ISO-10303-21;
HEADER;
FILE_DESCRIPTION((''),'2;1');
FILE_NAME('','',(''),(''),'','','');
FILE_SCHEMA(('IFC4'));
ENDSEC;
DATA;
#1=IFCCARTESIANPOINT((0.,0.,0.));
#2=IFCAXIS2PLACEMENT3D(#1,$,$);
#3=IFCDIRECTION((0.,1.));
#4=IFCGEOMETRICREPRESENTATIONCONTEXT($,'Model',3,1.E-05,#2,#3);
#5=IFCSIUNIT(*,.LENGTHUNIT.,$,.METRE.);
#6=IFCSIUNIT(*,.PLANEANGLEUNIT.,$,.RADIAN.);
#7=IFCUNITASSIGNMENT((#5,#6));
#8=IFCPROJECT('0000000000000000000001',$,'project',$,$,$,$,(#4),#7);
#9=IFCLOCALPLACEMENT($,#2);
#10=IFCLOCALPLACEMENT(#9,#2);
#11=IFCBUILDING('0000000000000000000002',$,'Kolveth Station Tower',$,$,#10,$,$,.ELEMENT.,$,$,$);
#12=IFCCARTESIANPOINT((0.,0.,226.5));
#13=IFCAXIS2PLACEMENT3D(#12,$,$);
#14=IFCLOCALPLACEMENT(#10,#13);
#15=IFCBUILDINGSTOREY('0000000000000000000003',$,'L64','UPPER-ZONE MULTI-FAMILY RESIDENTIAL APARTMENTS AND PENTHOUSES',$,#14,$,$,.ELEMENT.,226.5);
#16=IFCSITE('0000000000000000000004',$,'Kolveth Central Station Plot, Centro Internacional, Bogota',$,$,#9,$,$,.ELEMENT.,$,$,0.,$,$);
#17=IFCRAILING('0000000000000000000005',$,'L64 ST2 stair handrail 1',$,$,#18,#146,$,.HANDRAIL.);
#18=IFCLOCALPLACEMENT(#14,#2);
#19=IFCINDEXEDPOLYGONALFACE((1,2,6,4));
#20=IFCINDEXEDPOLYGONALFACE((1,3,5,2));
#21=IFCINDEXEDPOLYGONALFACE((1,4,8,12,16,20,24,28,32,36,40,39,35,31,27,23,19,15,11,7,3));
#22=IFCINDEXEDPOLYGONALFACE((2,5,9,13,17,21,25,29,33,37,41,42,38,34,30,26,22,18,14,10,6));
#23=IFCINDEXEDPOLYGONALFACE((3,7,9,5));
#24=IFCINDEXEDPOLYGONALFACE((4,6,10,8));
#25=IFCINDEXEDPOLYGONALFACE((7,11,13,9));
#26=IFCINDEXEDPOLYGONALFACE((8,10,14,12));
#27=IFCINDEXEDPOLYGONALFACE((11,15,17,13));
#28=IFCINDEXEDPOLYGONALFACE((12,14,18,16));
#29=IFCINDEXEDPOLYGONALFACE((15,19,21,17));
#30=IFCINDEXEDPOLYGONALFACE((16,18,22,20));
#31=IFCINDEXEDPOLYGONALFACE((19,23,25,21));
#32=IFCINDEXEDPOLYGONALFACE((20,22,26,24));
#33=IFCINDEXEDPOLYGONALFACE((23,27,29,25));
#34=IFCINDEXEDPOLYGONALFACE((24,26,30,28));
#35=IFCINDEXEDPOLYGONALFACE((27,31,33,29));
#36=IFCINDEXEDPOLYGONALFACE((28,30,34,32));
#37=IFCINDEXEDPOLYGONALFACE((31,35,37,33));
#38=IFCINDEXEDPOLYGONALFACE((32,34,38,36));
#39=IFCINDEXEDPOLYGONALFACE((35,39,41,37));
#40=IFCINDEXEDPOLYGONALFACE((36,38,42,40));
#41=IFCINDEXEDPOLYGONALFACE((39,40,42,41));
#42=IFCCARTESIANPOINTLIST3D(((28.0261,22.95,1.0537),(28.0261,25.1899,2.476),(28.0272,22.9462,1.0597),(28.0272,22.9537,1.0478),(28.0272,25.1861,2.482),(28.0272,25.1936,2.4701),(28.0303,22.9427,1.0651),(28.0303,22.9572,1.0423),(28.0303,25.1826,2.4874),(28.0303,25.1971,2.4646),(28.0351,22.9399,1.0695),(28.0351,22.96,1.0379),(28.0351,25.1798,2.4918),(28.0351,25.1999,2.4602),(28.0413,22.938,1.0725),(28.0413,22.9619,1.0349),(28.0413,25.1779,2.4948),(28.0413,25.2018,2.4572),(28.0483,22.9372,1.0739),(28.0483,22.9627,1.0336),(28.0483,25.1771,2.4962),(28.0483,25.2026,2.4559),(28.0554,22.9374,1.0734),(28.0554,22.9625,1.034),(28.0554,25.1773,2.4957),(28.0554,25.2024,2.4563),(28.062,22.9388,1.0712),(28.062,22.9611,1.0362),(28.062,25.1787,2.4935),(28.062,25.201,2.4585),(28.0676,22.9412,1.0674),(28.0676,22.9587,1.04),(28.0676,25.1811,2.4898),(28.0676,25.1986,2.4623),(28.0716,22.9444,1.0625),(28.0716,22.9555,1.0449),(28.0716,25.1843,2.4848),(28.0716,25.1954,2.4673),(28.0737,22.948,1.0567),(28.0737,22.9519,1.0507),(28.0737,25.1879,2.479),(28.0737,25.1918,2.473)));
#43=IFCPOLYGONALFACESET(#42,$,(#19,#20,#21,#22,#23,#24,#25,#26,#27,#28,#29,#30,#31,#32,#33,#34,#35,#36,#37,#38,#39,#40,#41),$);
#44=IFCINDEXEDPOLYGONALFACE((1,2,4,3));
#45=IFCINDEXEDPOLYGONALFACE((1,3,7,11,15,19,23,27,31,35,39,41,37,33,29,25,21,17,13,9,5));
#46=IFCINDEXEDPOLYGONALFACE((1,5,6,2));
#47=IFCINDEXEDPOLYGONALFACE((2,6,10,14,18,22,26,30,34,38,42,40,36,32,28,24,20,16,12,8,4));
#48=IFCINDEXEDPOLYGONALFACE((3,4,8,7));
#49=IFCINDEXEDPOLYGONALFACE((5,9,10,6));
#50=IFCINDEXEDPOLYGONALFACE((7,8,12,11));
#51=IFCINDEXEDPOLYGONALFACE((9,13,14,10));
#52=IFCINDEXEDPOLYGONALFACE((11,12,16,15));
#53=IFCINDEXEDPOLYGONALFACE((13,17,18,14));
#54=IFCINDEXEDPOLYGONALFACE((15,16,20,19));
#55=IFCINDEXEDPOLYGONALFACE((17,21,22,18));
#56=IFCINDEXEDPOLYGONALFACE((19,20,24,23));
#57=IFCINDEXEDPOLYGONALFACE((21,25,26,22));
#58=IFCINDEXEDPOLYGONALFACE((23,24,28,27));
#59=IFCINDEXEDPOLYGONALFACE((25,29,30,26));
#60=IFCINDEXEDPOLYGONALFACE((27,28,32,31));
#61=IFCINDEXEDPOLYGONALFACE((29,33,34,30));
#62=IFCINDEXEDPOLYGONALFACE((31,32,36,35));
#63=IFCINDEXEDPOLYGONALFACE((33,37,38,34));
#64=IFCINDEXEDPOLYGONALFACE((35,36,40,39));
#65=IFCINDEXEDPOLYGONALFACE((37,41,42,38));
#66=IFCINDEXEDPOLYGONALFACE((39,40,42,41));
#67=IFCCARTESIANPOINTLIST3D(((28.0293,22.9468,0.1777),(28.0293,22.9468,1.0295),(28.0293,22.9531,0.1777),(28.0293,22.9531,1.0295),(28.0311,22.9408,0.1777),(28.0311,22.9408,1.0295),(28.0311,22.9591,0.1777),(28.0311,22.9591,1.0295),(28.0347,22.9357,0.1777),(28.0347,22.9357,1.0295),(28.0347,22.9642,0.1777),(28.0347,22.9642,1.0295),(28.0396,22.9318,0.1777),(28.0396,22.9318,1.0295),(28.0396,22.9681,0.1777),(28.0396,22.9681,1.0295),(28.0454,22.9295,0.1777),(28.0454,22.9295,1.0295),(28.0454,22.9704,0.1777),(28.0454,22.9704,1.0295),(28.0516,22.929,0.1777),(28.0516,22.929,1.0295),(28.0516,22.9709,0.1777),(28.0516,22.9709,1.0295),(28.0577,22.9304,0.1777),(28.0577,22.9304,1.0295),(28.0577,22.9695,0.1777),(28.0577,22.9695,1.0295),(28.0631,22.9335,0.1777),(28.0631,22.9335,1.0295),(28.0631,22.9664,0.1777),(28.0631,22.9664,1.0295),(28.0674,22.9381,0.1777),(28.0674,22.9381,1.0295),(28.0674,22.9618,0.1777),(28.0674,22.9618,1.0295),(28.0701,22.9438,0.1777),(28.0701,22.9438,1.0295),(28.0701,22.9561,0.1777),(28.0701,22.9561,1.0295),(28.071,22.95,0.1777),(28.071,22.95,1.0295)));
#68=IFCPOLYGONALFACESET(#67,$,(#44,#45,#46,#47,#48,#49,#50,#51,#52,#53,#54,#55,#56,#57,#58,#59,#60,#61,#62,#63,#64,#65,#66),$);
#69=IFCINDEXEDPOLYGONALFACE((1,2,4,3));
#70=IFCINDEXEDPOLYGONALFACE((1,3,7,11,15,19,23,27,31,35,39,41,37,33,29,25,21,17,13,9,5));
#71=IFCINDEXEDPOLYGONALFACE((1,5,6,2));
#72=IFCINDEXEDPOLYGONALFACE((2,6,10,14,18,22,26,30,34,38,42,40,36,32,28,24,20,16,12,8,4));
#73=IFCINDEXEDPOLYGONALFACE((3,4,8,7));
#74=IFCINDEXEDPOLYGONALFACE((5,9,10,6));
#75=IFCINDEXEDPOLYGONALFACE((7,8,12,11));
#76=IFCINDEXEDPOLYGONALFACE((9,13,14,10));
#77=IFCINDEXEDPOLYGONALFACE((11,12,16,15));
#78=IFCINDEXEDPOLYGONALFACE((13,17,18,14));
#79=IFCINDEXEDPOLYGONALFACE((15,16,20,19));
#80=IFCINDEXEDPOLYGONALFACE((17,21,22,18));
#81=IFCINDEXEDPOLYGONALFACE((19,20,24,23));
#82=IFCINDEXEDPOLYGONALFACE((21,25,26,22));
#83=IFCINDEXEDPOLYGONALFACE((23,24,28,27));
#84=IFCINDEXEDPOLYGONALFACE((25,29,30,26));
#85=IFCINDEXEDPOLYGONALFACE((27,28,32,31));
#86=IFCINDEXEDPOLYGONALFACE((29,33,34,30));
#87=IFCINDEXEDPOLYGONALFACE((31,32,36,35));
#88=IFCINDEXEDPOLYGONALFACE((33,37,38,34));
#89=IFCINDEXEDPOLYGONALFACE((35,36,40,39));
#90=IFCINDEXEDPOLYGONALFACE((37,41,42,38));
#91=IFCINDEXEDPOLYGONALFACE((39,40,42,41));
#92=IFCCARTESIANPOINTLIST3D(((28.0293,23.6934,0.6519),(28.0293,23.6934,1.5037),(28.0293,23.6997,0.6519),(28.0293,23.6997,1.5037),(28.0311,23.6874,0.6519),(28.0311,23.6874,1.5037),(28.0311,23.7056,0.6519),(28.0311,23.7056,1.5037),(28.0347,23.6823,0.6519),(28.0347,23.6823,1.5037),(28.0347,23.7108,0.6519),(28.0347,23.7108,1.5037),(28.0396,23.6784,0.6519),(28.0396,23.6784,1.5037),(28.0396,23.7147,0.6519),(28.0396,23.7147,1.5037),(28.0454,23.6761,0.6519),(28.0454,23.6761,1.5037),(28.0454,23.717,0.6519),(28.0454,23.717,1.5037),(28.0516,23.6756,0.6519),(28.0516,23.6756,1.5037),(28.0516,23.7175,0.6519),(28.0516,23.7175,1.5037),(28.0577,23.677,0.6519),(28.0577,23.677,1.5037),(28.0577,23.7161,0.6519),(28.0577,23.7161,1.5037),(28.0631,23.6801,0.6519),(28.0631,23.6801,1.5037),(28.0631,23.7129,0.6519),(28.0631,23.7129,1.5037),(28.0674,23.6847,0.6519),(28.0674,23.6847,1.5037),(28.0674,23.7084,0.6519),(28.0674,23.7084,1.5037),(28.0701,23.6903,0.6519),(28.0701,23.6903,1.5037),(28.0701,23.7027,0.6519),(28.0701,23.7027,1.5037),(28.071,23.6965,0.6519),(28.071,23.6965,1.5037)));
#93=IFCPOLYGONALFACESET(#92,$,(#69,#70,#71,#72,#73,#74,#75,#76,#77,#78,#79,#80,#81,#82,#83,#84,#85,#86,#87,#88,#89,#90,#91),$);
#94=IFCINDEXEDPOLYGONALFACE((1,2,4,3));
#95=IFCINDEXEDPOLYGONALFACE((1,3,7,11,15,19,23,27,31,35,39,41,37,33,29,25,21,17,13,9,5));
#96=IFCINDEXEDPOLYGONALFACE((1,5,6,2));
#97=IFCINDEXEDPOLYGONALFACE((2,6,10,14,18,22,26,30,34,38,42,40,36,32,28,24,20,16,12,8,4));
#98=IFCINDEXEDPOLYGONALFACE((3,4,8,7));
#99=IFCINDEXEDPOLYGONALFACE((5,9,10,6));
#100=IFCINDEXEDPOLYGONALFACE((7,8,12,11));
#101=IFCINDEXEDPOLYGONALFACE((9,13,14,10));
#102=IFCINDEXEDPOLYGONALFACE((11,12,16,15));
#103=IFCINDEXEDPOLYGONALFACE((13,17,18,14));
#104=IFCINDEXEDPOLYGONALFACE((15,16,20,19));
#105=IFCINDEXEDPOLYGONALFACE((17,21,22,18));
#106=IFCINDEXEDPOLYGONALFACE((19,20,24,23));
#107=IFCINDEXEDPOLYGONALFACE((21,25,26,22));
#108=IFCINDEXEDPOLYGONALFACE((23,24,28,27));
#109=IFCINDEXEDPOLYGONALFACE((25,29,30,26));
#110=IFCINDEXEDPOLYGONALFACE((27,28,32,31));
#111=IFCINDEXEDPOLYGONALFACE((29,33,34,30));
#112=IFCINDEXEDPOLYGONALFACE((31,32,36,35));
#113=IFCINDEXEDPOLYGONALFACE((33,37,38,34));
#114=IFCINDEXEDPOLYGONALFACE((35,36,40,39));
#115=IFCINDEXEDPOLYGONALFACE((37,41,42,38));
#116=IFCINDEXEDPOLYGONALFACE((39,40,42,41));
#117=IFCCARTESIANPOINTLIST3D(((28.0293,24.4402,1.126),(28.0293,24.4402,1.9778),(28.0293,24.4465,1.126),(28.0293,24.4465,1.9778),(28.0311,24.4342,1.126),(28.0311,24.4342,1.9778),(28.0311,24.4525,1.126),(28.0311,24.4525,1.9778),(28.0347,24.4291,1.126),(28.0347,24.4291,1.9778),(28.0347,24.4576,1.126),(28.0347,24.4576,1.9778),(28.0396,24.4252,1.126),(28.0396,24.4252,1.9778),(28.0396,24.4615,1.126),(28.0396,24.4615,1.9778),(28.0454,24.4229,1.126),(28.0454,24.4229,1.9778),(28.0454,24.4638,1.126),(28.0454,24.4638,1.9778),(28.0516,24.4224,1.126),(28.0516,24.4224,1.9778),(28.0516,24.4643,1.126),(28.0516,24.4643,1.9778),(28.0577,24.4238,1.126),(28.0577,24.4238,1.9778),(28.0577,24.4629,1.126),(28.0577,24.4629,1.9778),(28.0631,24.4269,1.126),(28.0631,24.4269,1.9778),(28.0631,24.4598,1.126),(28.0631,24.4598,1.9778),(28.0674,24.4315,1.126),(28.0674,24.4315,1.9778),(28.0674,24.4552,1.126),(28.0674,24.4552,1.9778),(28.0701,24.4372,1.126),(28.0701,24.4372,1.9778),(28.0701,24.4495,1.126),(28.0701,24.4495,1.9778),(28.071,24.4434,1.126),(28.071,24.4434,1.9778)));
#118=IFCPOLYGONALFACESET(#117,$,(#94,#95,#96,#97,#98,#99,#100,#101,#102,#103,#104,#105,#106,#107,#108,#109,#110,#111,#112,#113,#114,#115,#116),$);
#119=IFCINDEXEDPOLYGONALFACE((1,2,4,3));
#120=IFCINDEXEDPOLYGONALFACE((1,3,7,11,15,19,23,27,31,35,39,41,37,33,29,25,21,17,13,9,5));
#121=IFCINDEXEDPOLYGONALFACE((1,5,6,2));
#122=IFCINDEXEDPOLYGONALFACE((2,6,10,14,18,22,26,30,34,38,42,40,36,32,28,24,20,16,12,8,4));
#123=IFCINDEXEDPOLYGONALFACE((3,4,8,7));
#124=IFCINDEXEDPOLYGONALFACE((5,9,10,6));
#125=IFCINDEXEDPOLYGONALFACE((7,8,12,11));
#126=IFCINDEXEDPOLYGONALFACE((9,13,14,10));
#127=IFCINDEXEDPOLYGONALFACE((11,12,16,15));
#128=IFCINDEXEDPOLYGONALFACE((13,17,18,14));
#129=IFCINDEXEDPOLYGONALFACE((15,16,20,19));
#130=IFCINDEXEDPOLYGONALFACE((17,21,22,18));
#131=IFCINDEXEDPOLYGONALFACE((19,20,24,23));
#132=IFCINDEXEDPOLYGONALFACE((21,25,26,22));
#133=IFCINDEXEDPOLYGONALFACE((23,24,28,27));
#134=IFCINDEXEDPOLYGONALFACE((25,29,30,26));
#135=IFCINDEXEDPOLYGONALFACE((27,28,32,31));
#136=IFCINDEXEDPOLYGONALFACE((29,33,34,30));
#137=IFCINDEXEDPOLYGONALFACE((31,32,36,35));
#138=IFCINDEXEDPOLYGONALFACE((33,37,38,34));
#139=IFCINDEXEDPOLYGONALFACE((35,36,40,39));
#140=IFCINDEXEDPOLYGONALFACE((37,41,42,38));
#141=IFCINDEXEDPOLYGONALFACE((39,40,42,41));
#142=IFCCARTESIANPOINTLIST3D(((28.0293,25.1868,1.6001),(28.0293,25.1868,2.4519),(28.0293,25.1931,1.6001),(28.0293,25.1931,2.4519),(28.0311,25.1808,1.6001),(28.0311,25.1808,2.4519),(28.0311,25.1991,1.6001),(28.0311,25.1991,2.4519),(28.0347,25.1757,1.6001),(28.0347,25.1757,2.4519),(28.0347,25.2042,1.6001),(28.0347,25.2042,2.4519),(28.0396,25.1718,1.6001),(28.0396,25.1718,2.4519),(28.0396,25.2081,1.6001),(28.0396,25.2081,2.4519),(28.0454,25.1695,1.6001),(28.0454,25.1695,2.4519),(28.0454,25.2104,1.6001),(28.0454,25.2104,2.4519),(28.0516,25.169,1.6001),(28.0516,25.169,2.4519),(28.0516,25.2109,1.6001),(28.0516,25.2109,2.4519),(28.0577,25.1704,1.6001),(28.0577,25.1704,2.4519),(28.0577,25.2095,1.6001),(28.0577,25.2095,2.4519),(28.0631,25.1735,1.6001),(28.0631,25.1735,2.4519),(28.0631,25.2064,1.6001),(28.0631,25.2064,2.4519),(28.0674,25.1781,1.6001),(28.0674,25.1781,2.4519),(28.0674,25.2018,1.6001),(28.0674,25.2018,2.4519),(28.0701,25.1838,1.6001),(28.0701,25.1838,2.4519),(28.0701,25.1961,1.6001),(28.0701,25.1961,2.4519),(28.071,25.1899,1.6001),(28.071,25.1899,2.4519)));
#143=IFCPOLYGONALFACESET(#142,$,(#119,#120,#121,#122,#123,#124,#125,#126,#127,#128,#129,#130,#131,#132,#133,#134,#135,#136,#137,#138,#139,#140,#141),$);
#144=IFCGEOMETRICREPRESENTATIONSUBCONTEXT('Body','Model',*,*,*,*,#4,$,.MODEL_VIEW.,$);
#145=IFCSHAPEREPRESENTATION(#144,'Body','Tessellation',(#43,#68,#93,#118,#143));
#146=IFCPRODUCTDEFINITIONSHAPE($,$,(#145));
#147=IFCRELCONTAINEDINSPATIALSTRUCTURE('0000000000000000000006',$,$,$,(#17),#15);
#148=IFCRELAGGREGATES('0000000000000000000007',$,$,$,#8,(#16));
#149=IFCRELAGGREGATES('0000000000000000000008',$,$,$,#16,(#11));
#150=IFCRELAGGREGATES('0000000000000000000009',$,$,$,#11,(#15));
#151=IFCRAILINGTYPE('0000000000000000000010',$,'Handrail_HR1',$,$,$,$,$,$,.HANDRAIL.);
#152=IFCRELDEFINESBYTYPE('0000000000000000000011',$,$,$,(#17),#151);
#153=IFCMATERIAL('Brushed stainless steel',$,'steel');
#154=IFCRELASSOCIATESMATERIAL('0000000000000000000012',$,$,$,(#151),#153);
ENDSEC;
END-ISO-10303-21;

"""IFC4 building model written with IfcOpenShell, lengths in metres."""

from ifc_helpers import new_model, si_unit, direction, frame, origin, origin_2d, place, context, subcontext, project, spatial, circle, extrude, material, type_object, element, save


model = new_model("IFC4")

# Units and contexts
model_context = context("Model", 3, precision=1e-05, world=origin(), true_north=direction((0.0, 1.0)))
body_context = subcontext(model_context, "Body", "Model", "MODEL_VIEW")
ifc_project = project(units=[si_unit("LENGTHUNIT", "METRE"), si_unit("PLANEANGLEUNIT", "RADIAN")], contexts=[model_context])

# Site, building, storey
site_placement = place(None, origin())
site = spatial("IfcSite", under=ifc_project, at=site_placement, Name="Kolveth Central Station Plot, Centro Internacional, Bogota", CompositionType="ELEMENT", RefElevation=0.0)
building_placement = place(site_placement, origin())
building = spatial("IfcBuilding", under=site, at=building_placement, Name="Kolveth Station Tower", CompositionType="ELEMENT")
storey_placement = place(building_placement, frame((0.0, 0.0, 226.5)))
storey = spatial("IfcBuildingStorey", under=building, at=storey_placement, Name="L64", Description="UPPER-ZONE MULTI-FAMILY RESIDENTIAL APARTMENTS AND PENTHOUSES", CompositionType="ELEMENT", Elevation=226.5)

# Railing
ifc_material_1 = material(Name="Brushed stainless steel", Category="steel")
railing_type_1 = type_object("IfcRailingType", Name="Handrail_HR1", PredefinedType="HANDRAIL", material=ifc_material_1)
railing_1_placement = place(storey_placement, frame((28.05, 22.95, 0.1777)))
element("IfcRailing", 1, at=railing_1_placement, inside=storey, type_object=railing_type_1, Name="L64 ST2 stair handrail 1", PredefinedType="HANDRAIL", context=body_context, shape_type="SweptSolid", body=[
    extrude(circle(Radius=0.0239, at=origin_2d()), frame((0.0, 0.0, 0.876), z_axis=(0.0, 0.844188, 0.536048), x_axis=(-1.0, 0.0, 0.0)), (0.0, 0.0, 1.0), 2.6533),
    extrude(circle(Radius=0.021, at=origin_2d()), origin(), (0.0, 0.0, 1.0), 0.8518),
    extrude(circle(Radius=0.021, at=origin_2d()), frame((0.0, 0.7466, 0.4741)), (0.0, 0.0, 1.0), 0.8518),
    extrude(circle(Radius=0.021, at=origin_2d()), frame((0.0, 1.4934, 0.9482)), (0.0, 0.0, 1.0), 0.8518),
    extrude(circle(Radius=0.021, at=origin_2d()), frame((0.0, 2.24, 1.4224)), (0.0, 0.0, 1.0), 0.8518),
])

save(model, "model.ifc")
